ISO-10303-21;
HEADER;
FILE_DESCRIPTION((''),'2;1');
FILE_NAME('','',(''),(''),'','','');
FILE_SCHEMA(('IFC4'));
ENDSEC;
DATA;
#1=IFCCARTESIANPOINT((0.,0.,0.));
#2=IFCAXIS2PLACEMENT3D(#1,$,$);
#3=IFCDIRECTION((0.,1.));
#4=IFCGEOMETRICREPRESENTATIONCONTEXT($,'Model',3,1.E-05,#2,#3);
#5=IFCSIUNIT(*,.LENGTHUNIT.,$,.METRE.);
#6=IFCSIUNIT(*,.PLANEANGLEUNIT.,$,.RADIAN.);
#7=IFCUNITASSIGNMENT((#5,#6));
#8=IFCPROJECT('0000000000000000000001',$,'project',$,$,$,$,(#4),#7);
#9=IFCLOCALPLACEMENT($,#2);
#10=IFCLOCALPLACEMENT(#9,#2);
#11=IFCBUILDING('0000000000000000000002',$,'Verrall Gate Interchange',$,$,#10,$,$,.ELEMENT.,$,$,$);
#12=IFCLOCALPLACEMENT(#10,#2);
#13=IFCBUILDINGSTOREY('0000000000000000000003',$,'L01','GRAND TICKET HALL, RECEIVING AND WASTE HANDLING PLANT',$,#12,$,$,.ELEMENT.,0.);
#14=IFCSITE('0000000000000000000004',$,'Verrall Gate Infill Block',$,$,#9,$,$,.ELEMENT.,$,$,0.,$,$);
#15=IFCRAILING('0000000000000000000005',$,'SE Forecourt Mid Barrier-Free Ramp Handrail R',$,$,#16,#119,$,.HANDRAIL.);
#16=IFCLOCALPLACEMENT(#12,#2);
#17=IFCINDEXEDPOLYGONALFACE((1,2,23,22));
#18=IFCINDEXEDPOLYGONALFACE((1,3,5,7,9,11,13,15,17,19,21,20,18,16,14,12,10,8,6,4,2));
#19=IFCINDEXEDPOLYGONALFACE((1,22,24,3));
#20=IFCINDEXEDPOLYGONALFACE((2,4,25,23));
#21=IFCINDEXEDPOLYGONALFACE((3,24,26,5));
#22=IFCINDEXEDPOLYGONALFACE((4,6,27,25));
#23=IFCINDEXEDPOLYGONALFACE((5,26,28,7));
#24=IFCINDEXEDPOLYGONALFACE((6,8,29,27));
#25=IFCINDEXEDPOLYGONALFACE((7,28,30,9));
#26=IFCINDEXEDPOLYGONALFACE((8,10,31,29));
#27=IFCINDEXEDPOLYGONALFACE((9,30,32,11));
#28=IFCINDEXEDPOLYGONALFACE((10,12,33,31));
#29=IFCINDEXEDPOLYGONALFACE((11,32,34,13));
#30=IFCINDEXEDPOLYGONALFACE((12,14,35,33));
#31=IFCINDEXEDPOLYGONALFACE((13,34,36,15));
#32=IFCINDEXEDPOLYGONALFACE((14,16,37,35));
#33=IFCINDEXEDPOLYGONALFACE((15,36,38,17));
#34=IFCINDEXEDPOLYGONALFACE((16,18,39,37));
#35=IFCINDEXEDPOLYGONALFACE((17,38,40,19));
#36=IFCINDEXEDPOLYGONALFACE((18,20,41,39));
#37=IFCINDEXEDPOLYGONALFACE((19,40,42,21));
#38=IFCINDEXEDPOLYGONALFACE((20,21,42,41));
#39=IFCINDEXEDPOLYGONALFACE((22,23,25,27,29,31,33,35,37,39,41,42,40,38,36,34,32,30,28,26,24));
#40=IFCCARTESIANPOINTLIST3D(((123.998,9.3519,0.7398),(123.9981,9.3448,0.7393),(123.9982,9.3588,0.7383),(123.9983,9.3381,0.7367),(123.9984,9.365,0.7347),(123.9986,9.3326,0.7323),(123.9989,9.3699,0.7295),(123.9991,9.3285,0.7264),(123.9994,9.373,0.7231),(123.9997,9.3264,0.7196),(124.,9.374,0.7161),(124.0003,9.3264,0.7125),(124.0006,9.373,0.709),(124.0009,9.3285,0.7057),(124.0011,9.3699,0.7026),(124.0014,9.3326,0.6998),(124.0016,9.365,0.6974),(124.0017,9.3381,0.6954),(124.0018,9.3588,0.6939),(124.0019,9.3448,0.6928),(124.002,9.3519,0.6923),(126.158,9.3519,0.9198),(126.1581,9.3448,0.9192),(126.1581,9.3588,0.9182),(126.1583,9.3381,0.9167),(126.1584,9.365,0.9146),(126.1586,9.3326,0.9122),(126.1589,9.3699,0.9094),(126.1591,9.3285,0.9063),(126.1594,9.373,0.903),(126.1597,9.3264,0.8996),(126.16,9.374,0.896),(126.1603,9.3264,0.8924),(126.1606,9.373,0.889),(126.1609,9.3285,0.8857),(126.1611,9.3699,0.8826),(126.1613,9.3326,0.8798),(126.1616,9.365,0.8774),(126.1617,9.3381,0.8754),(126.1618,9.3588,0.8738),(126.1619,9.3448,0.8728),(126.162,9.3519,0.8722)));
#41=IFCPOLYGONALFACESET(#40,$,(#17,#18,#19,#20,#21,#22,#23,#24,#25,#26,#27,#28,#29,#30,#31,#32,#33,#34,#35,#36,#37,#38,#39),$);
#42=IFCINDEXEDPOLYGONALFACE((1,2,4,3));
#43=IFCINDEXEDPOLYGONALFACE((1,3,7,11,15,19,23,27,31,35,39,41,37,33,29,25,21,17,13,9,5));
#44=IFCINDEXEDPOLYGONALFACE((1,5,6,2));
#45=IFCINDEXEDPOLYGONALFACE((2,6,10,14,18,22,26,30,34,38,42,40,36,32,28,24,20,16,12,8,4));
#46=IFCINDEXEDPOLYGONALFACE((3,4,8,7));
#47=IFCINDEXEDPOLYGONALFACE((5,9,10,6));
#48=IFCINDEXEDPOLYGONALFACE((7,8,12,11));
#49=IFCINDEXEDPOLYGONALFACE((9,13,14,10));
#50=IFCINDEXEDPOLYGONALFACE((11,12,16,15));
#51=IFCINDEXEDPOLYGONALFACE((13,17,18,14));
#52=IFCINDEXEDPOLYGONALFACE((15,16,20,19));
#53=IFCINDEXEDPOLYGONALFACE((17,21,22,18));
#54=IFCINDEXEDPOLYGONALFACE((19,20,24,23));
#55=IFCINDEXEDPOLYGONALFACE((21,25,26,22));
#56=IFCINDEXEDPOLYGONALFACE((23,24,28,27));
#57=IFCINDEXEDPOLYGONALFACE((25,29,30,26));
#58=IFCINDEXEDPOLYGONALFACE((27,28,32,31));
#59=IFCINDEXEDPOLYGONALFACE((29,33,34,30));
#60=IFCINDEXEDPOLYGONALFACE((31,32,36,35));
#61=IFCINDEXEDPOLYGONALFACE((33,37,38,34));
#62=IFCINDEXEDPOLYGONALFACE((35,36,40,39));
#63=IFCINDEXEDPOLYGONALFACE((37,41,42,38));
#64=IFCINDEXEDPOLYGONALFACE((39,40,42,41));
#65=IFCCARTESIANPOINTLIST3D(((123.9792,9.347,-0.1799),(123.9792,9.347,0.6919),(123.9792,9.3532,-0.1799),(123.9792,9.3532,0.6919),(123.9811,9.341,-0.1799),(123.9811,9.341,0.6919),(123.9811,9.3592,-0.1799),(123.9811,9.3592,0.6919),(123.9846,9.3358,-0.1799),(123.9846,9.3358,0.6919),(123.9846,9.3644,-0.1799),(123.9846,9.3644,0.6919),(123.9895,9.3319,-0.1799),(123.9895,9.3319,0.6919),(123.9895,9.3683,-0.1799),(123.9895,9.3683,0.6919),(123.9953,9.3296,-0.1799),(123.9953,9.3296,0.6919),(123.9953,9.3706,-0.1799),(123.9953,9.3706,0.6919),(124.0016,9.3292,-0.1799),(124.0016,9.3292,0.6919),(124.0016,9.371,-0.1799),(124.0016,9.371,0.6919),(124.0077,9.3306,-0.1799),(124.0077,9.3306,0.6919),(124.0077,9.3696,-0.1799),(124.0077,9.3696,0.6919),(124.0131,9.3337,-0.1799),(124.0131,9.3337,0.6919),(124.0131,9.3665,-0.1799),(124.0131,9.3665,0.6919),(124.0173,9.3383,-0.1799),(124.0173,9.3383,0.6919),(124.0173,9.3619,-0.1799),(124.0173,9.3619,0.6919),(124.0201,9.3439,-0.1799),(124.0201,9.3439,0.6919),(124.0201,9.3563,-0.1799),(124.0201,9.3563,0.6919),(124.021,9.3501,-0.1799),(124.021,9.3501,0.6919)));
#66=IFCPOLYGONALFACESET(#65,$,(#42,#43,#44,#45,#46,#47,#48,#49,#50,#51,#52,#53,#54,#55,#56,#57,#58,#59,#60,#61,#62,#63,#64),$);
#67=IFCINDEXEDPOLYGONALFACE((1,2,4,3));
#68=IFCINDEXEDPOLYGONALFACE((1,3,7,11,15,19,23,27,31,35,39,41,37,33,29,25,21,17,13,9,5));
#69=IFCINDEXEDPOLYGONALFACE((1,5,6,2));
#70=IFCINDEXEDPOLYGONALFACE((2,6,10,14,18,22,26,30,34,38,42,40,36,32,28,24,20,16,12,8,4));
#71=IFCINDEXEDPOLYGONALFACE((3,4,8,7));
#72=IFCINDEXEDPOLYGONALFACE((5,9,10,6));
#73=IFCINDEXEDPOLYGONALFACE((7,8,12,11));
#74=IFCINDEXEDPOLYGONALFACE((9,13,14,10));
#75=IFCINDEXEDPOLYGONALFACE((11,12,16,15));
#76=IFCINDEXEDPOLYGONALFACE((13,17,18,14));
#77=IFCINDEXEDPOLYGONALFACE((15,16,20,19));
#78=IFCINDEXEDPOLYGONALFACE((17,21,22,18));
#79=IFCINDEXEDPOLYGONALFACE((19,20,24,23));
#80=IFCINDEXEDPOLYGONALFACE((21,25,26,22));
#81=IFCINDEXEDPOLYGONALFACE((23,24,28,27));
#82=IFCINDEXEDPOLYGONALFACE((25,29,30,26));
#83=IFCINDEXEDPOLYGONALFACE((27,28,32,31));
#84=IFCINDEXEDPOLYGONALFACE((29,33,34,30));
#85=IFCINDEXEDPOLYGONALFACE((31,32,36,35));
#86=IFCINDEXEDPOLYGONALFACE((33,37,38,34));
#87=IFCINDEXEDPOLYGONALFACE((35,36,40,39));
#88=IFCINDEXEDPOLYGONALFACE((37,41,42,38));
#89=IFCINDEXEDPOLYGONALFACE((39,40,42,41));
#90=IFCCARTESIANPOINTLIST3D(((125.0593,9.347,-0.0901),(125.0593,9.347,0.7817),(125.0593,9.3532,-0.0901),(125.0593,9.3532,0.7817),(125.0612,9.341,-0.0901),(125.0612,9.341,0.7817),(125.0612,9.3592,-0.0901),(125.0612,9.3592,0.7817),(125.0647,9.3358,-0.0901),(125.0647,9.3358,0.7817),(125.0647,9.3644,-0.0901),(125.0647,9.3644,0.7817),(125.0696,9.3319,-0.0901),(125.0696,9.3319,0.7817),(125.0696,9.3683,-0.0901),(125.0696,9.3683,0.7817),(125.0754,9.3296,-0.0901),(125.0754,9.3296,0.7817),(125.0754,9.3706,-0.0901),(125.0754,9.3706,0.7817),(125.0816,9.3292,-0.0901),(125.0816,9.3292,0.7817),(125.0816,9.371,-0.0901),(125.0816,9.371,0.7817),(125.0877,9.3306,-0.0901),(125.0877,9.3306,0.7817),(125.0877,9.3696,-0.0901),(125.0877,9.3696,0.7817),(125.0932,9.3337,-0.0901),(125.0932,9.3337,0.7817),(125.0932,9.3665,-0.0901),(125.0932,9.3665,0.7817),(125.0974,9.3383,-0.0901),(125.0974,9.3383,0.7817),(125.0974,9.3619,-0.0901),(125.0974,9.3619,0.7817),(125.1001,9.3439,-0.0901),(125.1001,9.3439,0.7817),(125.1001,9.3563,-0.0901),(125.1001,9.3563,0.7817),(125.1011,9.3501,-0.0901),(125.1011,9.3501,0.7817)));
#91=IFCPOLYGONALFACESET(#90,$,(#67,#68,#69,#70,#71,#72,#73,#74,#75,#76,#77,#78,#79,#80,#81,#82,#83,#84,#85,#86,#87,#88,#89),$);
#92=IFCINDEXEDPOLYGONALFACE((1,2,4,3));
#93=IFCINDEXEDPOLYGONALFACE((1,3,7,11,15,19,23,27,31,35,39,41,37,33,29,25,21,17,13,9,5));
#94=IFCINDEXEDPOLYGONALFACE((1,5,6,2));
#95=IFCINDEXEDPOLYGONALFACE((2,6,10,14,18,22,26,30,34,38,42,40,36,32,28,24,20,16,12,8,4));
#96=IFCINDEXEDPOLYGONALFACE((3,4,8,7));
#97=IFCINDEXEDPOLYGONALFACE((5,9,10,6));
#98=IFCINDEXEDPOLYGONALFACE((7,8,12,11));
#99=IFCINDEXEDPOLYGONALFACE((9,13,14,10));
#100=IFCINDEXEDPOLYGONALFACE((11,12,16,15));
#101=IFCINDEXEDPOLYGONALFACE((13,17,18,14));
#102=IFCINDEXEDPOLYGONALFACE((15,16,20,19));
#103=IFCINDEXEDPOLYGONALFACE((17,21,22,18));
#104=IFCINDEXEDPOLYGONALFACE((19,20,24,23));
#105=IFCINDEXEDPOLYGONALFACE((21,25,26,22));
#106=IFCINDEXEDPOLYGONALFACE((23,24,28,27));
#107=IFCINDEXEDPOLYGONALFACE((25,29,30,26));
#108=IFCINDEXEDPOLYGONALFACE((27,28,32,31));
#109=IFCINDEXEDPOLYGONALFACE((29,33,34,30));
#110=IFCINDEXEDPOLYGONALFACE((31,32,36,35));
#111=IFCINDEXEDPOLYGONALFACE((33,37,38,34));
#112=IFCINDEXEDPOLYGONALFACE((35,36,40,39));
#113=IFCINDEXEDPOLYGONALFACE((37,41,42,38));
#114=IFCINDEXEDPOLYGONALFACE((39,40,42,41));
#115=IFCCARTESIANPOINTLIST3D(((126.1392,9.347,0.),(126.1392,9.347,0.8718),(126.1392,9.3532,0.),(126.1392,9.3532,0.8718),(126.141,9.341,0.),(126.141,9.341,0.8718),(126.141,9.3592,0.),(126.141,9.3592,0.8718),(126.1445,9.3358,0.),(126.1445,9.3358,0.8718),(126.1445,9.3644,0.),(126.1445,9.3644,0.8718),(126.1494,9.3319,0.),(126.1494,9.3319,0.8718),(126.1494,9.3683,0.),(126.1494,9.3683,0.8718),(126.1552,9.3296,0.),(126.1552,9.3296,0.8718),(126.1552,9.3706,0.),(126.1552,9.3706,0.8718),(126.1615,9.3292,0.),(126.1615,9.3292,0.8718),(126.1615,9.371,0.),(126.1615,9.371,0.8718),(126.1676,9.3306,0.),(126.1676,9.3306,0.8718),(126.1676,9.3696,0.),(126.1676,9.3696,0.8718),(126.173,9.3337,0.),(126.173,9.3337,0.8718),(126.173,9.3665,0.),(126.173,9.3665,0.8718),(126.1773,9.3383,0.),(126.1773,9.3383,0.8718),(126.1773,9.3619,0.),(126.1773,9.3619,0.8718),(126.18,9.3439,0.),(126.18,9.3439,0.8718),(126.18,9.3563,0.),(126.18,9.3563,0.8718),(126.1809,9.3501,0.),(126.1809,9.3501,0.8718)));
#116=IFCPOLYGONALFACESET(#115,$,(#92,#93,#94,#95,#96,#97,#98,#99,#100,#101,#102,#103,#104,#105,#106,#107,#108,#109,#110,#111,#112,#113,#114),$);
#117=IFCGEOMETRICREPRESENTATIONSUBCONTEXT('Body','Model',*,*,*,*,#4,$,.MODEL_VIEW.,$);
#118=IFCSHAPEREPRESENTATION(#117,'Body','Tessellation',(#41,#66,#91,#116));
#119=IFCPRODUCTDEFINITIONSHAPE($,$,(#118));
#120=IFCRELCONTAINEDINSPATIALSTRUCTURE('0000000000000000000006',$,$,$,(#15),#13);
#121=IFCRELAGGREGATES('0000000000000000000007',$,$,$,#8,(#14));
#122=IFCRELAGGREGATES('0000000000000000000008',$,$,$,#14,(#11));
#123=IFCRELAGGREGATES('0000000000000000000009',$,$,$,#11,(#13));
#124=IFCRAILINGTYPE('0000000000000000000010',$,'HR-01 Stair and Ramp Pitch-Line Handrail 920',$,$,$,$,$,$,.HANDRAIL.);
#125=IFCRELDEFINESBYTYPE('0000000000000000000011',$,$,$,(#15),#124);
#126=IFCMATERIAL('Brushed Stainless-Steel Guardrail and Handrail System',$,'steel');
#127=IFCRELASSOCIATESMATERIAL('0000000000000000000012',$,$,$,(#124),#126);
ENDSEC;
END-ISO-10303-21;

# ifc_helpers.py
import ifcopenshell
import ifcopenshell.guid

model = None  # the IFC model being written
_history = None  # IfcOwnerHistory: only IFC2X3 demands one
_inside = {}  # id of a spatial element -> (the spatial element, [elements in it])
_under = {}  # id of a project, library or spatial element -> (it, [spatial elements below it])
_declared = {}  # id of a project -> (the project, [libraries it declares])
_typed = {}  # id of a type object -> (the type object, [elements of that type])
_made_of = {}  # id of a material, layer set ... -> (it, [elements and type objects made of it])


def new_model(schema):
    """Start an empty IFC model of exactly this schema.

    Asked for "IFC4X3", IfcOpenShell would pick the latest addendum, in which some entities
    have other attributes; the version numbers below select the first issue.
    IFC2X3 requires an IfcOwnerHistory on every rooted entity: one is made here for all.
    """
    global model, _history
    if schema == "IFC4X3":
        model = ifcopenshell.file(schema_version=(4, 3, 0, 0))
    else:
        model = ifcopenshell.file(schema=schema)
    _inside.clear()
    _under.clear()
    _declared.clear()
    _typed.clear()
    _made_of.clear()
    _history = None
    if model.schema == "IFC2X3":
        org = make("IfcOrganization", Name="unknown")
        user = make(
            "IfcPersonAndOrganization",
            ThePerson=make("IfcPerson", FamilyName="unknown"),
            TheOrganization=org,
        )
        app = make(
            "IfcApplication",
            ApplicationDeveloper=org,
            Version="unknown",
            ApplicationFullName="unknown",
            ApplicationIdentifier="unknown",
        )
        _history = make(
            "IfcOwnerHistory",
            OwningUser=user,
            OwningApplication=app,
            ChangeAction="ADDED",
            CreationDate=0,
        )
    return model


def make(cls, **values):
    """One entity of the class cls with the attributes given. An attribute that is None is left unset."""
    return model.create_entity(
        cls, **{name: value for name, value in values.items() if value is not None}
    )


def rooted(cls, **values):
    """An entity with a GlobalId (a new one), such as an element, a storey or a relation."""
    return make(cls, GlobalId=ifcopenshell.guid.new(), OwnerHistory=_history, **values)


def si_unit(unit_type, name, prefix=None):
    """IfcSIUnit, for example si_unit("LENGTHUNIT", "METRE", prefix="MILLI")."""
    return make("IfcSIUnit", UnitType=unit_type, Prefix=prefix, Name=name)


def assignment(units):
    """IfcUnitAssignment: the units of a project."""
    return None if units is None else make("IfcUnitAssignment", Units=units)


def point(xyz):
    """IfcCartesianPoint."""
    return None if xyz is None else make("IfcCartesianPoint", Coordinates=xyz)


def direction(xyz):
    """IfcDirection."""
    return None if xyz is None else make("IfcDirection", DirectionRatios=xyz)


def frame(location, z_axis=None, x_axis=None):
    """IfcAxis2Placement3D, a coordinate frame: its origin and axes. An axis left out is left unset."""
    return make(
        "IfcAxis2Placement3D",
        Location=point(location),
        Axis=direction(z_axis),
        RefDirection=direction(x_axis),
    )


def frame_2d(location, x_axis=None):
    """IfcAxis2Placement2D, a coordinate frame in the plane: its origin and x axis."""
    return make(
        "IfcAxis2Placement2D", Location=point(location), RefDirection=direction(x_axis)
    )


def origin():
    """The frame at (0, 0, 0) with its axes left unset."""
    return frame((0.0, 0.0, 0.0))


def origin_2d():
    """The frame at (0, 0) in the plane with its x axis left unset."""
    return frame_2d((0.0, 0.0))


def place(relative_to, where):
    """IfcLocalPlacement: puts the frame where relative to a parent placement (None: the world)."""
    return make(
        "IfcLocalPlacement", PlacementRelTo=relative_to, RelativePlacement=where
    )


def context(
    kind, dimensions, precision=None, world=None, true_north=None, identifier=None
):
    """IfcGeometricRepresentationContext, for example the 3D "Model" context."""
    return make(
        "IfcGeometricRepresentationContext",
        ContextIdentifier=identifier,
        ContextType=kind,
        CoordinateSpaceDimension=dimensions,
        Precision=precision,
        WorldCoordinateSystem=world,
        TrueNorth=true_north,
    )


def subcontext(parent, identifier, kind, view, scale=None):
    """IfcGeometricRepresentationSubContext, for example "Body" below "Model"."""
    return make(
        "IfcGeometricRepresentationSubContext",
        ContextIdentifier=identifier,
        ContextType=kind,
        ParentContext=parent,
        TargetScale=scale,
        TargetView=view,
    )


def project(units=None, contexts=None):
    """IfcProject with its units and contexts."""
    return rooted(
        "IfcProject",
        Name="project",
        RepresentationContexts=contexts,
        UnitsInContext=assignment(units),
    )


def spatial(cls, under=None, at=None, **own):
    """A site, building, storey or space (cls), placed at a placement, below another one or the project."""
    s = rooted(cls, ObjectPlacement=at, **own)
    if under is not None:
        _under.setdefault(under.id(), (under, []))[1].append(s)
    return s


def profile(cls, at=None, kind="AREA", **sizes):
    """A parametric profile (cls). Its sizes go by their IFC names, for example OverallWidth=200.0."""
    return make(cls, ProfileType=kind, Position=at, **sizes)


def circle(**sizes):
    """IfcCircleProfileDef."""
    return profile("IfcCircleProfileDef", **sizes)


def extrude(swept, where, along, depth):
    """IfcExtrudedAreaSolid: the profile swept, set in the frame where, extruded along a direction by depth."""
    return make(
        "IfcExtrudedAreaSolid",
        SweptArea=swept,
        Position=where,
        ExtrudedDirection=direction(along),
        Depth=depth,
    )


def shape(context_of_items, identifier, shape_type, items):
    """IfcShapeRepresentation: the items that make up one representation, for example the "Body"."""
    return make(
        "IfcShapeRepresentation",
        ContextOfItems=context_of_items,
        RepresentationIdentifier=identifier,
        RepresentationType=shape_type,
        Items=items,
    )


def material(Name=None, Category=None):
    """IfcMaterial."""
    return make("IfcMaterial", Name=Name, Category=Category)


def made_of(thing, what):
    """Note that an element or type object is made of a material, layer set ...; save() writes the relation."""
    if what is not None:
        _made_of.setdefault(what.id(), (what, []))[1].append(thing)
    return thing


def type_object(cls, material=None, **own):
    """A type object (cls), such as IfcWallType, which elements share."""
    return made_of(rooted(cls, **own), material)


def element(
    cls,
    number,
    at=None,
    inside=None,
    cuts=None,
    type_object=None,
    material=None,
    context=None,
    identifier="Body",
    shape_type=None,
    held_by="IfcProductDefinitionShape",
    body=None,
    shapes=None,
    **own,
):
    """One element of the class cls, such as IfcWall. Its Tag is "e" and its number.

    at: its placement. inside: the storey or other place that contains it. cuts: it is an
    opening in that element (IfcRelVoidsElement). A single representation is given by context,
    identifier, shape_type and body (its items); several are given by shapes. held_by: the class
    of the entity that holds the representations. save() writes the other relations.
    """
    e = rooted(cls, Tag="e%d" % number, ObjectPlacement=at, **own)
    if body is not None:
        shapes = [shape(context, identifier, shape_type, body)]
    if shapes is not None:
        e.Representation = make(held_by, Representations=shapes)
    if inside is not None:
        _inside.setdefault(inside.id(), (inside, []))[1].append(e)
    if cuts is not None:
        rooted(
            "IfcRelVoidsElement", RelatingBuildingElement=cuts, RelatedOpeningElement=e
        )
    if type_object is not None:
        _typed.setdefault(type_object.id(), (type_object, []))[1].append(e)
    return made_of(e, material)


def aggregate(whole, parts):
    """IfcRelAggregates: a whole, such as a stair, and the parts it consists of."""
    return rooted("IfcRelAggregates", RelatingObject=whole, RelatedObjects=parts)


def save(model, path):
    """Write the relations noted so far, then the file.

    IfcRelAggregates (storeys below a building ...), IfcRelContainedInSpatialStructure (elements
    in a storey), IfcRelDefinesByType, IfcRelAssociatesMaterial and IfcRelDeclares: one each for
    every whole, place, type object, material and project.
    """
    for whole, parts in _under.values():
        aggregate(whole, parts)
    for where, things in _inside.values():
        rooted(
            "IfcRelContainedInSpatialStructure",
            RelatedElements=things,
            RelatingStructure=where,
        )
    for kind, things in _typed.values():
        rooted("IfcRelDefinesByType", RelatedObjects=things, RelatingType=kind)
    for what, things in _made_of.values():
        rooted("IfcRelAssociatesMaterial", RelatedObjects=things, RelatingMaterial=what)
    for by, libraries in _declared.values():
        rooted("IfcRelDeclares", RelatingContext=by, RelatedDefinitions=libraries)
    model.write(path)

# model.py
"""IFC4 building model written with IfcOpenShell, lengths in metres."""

from ifc_helpers import new_model, si_unit, direction, frame, origin, origin_2d, place, context, subcontext, project, spatial, circle, extrude, material, type_object, element, save


model = new_model("IFC4")

# Units and contexts
model_context = context("Model", 3, precision=1e-05, world=origin(), true_north=direction((0.0, 1.0)))
body_context = subcontext(model_context, "Body", "Model", "MODEL_VIEW")
ifc_project = project(units=[si_unit("LENGTHUNIT", "METRE"), si_unit("PLANEANGLEUNIT", "RADIAN")], contexts=[model_context])

# Site, building, storey
site_placement = place(None, origin())
site = spatial("IfcSite", under=ifc_project, at=site_placement, Name="Verrall Gate Infill Block", CompositionType="ELEMENT", RefElevation=0.0)
building_placement = place(site_placement, origin())
building = spatial("IfcBuilding", under=site, at=building_placement, Name="Verrall Gate Interchange", CompositionType="ELEMENT")
storey_placement = place(building_placement, origin())
storey = spatial("IfcBuildingStorey", under=building, at=storey_placement, Name="L01", Description="GRAND TICKET HALL, RECEIVING AND WASTE HANDLING PLANT", CompositionType="ELEMENT", Elevation=0.0)

# Railing
ifc_material_1 = material(Name="Brushed Stainless-Steel Guardrail and Handrail System", Category="steel")
railing_type = type_object("IfcRailingType", Name="HR-01 Stair and Ramp Pitch-Line Handrail 920", PredefinedType="HANDRAIL", material=ifc_material_1)
for number, where, name in (
    (1, (124.0, 9.3501, -0.1799), "SE Forecourt Mid Barrier-Free Ramp Handrail R"),
):
    element("IfcRailing", number, at=place(storey_placement, frame(where)), inside=storey, type_object=railing_type, Name=name, PredefinedType="HANDRAIL", context=body_context, shape_type="SweptSolid", body=[
        extrude(circle(Radius=0.0239, at=origin_2d()), frame((0.0, 0.0, 0.896), z_axis=(0.996548, 0.0, 0.083018), x_axis=(0.0, 1.0, 0.0)), (0.0, 0.0, 1.0), 2.1675),
        extrude(circle(Radius=0.021, at=origin_2d()), origin(), (0.0, 0.0, 1.0), 0.8718),
        extrude(circle(Radius=0.021, at=origin_2d()), frame((1.0801, 0.0, 0.0898)), (0.0, 0.0, 1.0), 0.8718),
        extrude(circle(Radius=0.021, at=origin_2d()), frame((2.1599, 0.0, 0.1799)), (0.0, 0.0, 1.0), 0.8718),
    ])

save(model, "model.ifc")
